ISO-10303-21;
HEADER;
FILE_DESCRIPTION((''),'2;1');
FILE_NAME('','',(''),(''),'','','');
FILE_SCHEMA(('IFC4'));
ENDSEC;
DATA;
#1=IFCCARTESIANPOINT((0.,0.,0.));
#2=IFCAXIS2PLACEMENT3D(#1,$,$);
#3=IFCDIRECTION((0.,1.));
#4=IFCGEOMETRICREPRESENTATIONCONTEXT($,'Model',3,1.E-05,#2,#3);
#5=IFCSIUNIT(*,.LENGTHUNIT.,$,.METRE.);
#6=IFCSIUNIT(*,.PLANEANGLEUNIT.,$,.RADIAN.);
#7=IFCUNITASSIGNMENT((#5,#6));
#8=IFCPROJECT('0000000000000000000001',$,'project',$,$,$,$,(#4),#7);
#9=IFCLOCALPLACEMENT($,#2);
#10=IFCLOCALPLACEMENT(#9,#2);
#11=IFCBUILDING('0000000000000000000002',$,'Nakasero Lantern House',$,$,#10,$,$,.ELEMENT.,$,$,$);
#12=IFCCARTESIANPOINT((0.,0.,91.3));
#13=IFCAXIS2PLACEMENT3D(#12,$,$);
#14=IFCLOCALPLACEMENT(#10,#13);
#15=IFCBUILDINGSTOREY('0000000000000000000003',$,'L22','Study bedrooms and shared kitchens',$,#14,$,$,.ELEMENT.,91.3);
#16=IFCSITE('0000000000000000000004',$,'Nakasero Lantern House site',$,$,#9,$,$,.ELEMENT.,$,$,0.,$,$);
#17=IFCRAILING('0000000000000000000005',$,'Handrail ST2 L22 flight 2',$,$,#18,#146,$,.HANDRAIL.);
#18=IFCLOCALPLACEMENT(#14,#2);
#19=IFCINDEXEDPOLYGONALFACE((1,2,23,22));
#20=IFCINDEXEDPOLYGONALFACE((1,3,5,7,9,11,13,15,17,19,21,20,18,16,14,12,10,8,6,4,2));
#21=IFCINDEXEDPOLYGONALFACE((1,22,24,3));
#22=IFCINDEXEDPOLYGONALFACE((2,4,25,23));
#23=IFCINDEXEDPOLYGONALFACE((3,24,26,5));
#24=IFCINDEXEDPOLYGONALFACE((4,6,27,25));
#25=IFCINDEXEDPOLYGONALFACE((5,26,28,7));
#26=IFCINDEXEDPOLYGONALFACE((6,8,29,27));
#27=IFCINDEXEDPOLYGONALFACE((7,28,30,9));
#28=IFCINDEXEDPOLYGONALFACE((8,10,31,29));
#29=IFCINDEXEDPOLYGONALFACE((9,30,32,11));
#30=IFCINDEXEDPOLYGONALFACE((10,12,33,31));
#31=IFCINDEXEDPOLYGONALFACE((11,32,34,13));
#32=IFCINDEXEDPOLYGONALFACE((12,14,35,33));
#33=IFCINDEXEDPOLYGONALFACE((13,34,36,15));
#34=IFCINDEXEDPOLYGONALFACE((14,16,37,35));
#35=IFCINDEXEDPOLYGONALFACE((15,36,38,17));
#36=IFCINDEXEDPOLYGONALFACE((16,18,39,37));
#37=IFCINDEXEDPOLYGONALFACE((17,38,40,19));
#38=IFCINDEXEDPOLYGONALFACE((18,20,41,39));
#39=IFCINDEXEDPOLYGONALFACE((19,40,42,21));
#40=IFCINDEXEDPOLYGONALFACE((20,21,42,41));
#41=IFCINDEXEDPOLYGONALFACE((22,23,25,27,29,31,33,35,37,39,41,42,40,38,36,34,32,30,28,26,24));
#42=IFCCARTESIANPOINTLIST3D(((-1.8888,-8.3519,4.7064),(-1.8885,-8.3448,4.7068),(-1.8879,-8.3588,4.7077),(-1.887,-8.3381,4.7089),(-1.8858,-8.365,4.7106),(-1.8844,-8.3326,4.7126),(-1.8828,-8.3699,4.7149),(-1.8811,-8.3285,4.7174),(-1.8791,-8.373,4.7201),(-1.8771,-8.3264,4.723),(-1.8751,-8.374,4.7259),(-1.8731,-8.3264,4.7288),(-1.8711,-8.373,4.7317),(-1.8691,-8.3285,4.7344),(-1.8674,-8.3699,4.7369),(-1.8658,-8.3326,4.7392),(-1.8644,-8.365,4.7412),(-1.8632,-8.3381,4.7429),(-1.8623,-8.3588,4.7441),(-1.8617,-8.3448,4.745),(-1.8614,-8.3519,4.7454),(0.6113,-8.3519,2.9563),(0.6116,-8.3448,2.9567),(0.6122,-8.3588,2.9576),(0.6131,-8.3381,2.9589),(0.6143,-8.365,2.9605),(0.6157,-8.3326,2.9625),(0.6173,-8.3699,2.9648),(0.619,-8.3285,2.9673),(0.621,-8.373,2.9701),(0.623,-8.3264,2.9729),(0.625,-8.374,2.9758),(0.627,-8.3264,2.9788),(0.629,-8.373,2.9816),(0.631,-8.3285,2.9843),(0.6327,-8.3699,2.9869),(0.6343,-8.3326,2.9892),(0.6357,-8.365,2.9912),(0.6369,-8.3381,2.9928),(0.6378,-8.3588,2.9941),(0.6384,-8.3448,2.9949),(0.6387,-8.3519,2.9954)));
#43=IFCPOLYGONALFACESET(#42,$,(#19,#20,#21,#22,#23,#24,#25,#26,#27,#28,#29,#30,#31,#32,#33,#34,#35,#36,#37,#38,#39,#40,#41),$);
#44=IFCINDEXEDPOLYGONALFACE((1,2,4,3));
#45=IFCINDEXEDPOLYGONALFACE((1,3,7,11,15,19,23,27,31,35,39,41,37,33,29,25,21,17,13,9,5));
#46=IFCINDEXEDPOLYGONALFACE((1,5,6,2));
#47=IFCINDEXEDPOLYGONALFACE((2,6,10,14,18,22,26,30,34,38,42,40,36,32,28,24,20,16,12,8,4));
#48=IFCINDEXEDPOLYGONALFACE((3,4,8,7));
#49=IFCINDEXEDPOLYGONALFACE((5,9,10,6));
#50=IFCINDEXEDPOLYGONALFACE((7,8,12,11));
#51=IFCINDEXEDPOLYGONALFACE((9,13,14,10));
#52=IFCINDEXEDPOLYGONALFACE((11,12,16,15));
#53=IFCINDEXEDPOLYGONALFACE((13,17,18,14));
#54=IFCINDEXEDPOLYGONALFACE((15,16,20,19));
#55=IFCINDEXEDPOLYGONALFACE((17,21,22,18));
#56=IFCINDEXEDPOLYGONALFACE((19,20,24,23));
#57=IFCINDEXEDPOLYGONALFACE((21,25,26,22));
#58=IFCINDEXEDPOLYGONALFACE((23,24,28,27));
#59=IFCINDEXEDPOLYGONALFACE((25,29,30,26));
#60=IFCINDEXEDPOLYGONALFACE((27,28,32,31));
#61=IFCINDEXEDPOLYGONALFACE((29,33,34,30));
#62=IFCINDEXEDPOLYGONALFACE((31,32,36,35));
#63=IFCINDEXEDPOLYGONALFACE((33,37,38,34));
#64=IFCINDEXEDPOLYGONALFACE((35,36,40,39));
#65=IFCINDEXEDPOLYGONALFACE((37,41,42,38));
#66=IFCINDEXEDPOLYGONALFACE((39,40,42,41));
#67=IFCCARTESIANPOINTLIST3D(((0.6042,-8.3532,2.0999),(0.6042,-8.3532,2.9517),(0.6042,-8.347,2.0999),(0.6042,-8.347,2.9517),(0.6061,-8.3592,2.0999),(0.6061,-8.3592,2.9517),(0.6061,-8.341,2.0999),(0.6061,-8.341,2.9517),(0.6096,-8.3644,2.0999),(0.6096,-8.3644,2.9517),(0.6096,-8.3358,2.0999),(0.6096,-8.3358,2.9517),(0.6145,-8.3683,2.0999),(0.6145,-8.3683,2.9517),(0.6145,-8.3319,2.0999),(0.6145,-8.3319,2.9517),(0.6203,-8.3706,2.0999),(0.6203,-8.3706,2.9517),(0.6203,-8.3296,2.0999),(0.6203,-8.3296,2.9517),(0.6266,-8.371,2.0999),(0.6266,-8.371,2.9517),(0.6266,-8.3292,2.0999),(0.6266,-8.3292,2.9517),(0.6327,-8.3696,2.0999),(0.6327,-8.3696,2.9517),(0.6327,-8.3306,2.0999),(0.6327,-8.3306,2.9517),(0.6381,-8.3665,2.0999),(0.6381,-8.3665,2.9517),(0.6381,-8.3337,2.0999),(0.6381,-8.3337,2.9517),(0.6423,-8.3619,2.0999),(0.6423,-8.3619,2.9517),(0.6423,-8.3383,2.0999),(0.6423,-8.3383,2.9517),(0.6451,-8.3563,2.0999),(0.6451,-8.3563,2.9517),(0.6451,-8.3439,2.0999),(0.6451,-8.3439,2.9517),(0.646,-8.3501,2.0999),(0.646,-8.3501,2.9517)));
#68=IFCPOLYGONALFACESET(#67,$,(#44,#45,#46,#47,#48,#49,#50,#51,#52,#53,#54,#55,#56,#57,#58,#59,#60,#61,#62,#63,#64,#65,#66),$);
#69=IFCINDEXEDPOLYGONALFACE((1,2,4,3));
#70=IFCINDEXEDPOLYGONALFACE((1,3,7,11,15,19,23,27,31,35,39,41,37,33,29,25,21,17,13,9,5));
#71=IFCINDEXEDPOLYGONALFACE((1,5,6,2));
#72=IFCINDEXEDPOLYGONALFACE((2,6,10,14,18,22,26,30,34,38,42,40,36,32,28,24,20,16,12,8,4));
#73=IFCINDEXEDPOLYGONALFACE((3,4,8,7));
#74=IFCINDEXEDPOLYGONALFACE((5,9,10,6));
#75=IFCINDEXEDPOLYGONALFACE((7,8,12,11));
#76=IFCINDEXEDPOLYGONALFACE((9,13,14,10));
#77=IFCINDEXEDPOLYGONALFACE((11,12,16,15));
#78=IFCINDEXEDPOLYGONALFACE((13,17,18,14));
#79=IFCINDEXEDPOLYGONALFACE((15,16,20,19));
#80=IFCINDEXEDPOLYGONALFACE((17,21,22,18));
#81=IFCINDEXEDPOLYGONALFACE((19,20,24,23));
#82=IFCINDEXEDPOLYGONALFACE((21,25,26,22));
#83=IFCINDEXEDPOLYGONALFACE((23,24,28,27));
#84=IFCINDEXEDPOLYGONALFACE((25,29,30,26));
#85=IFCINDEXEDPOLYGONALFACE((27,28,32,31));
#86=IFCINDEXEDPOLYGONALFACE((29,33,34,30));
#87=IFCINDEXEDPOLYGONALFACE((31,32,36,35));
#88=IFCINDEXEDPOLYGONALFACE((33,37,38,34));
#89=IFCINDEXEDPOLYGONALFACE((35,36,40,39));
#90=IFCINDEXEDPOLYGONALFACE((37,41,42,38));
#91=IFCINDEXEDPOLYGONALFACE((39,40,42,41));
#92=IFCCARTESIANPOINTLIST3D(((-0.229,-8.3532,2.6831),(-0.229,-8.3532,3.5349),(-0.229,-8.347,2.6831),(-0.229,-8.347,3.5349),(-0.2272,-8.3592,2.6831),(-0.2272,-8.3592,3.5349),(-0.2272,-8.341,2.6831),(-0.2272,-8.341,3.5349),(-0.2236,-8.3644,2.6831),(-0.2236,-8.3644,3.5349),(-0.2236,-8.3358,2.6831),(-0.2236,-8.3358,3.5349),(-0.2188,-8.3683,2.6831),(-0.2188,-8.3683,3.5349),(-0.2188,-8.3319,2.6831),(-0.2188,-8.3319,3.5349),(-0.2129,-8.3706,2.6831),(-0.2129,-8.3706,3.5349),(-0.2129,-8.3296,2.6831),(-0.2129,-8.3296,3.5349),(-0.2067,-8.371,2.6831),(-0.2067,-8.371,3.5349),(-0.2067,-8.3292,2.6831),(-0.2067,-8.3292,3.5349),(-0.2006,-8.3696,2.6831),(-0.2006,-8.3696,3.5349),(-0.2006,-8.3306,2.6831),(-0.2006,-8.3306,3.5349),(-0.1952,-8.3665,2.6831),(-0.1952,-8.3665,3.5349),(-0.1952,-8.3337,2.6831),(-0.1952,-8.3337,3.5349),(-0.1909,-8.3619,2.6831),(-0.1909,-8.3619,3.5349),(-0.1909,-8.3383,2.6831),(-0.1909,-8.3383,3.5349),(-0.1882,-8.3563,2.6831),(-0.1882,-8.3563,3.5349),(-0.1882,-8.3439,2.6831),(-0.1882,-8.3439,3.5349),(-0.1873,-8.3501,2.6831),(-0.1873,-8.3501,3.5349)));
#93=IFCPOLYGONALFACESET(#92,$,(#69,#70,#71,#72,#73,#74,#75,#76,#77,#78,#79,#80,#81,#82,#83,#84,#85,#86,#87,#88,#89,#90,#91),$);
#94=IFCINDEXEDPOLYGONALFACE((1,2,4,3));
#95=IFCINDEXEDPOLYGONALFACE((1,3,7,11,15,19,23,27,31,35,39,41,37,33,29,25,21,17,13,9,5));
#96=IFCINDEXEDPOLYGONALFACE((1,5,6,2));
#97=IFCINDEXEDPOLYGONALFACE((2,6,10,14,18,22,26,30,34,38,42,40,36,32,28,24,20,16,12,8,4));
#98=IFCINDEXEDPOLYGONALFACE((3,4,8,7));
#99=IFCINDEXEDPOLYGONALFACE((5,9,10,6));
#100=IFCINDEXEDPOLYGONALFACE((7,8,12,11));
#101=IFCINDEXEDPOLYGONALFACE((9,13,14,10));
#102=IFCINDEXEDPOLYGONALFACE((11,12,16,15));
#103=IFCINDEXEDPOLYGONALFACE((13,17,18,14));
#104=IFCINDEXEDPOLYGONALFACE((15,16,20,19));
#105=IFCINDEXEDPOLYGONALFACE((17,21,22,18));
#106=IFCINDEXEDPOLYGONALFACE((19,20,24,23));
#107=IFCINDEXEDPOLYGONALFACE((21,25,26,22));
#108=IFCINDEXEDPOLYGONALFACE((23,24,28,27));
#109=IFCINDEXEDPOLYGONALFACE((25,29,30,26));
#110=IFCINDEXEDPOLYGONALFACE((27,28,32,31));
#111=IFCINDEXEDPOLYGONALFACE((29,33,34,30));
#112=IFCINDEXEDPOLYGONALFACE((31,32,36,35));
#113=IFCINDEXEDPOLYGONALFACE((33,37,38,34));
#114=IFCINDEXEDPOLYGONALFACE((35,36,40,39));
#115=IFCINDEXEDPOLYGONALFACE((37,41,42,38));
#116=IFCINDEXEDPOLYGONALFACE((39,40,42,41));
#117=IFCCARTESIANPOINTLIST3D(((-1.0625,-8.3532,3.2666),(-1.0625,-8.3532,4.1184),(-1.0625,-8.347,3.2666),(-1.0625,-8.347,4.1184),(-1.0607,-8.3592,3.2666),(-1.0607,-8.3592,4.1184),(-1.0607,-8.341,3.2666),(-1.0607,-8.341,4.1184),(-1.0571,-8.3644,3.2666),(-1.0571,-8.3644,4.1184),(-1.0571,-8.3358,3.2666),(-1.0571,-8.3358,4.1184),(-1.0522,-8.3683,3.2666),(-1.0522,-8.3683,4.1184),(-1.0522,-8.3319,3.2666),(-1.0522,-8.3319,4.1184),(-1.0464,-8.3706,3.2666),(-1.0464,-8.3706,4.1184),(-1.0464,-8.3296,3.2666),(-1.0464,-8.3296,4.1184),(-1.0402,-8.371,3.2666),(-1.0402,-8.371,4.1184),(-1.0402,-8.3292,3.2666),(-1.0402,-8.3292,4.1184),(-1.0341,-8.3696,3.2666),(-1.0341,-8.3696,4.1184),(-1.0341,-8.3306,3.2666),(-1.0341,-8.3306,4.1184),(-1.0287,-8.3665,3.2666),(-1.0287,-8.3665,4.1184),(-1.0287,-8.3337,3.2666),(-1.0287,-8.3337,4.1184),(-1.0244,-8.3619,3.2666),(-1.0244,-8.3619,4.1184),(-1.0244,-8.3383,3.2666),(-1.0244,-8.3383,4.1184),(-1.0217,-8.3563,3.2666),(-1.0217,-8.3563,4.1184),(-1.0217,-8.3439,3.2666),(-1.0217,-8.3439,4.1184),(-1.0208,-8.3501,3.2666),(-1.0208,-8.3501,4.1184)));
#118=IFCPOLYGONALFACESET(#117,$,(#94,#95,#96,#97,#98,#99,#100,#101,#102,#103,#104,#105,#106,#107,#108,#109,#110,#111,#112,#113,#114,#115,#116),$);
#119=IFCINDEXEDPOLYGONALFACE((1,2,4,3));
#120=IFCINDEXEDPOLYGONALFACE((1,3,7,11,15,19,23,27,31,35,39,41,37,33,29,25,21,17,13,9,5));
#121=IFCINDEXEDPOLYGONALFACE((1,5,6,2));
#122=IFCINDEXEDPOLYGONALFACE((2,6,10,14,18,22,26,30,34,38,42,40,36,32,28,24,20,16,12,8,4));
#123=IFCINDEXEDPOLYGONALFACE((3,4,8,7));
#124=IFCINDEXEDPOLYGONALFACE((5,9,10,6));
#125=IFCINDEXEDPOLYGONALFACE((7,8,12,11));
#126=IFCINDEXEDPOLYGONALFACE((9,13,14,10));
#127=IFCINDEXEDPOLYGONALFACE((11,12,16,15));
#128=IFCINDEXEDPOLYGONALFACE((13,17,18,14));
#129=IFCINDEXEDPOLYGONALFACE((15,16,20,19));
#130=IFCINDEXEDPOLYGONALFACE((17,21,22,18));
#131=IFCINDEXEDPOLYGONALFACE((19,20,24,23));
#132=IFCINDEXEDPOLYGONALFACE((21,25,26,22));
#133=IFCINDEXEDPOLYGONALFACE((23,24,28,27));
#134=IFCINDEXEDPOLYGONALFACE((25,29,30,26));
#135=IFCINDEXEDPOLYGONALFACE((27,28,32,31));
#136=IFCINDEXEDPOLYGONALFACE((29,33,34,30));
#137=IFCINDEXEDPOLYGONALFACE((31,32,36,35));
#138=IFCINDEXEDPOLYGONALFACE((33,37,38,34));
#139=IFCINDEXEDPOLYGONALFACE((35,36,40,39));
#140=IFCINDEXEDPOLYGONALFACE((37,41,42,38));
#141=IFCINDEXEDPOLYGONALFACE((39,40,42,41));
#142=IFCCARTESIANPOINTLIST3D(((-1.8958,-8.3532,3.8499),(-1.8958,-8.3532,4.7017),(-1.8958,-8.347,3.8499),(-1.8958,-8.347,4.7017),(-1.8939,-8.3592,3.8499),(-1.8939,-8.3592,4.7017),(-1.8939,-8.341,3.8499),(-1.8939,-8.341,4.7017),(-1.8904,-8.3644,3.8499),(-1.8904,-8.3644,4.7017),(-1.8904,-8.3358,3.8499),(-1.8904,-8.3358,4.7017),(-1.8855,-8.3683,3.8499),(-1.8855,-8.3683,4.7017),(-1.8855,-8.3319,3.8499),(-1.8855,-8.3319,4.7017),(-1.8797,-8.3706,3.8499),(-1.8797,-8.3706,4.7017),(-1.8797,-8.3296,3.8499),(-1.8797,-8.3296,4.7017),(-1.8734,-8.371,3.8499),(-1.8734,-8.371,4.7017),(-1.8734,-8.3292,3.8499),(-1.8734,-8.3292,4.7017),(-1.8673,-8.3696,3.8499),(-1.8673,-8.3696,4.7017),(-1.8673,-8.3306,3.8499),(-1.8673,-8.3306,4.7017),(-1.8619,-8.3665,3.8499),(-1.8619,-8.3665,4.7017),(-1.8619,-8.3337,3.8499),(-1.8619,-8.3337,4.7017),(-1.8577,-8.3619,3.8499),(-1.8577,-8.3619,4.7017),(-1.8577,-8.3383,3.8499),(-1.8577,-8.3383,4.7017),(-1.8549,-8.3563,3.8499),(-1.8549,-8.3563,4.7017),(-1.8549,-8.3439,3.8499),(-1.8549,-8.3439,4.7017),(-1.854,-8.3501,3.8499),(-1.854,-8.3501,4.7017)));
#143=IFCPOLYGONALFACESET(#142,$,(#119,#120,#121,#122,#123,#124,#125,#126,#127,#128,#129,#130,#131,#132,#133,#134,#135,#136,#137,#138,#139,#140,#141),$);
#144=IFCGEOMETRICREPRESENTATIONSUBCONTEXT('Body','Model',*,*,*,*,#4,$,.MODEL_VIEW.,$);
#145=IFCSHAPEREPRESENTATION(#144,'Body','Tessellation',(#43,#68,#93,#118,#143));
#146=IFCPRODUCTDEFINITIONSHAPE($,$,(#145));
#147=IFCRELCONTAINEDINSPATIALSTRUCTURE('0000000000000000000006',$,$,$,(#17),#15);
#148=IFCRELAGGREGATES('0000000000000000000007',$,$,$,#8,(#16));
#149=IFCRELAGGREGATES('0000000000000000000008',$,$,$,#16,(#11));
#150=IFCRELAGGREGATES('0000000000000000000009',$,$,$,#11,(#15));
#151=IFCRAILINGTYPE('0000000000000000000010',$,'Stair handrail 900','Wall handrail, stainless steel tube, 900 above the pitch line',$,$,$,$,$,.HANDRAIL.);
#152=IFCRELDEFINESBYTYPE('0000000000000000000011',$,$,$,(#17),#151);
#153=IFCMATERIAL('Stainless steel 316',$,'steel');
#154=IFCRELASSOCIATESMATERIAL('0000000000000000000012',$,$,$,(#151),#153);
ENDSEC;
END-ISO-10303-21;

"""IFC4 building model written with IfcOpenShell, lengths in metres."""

from ifc_helpers import new_model, si_unit, direction, frame, origin, origin_2d, place, context, subcontext, project, spatial, circle, extrude, material, type_object, element, save


model = new_model("IFC4")

# Units and contexts
model_context = context("Model", 3, precision=1e-05, world=origin(), true_north=direction((0.0, 1.0)))
body_context = subcontext(model_context, "Body", "Model", "MODEL_VIEW")
ifc_project = project(units=[si_unit("LENGTHUNIT", "METRE"), si_unit("PLANEANGLEUNIT", "RADIAN")], contexts=[model_context])

# Site, building, storey
site_placement = place(None, origin())
site = spatial("IfcSite", under=ifc_project, at=site_placement, Name="Nakasero Lantern House site", CompositionType="ELEMENT", RefElevation=0.0)
building_placement = place(site_placement, origin())
building = spatial("IfcBuilding", under=site, at=building_placement, Name="Nakasero Lantern House", CompositionType="ELEMENT")
storey_placement = place(building_placement, frame((0.0, 0.0, 91.3)))
storey = spatial("IfcBuildingStorey", under=building, at=storey_placement, Name="L22", Description="Study bedrooms and shared kitchens", CompositionType="ELEMENT", Elevation=91.3)

# Railing
ifc_material_1 = material(Name="Stainless steel 316", Category="steel")
railing_type = type_object("IfcRailingType", Name="Stair handrail 900", Description="Wall handrail, stainless steel tube, 900 above the pitch line", PredefinedType="HANDRAIL", material=ifc_material_1)
railing_placement = place(storey_placement, frame((0.625, -8.3501, 2.0999)))
element("IfcRailing", 1, at=railing_placement, inside=storey, type_object=railing_type, Name="Handrail ST2 L22 flight 2", PredefinedType="HANDRAIL", context=body_context, shape_type="SweptSolid", body=[
    extrude(circle(Radius=0.0239, at=origin_2d()), frame((0.0, 0.0, 0.876), z_axis=(-0.819232, 0.0, 0.573462), x_axis=(0.0, -1.0, 0.0)), (0.0, 0.0, 1.0), 3.0518),
    extrude(circle(Radius=0.021, at=origin_2d()), origin(), (0.0, 0.0, 1.0), 0.8518),
    extrude(circle(Radius=0.021, at=origin_2d()), frame((-0.8333, 0.0, 0.5833)), (0.0, 0.0, 1.0), 0.8518),
    extrude(circle(Radius=0.021, at=origin_2d()), frame((-1.6667, 0.0, 1.1667)), (0.0, 0.0, 1.0), 0.8518),
    extrude(circle(Radius=0.021, at=origin_2d()), frame((-2.5, 0.0, 1.75)), (0.0, 0.0, 1.0), 0.8518),
])

save(model, "model.ifc")
